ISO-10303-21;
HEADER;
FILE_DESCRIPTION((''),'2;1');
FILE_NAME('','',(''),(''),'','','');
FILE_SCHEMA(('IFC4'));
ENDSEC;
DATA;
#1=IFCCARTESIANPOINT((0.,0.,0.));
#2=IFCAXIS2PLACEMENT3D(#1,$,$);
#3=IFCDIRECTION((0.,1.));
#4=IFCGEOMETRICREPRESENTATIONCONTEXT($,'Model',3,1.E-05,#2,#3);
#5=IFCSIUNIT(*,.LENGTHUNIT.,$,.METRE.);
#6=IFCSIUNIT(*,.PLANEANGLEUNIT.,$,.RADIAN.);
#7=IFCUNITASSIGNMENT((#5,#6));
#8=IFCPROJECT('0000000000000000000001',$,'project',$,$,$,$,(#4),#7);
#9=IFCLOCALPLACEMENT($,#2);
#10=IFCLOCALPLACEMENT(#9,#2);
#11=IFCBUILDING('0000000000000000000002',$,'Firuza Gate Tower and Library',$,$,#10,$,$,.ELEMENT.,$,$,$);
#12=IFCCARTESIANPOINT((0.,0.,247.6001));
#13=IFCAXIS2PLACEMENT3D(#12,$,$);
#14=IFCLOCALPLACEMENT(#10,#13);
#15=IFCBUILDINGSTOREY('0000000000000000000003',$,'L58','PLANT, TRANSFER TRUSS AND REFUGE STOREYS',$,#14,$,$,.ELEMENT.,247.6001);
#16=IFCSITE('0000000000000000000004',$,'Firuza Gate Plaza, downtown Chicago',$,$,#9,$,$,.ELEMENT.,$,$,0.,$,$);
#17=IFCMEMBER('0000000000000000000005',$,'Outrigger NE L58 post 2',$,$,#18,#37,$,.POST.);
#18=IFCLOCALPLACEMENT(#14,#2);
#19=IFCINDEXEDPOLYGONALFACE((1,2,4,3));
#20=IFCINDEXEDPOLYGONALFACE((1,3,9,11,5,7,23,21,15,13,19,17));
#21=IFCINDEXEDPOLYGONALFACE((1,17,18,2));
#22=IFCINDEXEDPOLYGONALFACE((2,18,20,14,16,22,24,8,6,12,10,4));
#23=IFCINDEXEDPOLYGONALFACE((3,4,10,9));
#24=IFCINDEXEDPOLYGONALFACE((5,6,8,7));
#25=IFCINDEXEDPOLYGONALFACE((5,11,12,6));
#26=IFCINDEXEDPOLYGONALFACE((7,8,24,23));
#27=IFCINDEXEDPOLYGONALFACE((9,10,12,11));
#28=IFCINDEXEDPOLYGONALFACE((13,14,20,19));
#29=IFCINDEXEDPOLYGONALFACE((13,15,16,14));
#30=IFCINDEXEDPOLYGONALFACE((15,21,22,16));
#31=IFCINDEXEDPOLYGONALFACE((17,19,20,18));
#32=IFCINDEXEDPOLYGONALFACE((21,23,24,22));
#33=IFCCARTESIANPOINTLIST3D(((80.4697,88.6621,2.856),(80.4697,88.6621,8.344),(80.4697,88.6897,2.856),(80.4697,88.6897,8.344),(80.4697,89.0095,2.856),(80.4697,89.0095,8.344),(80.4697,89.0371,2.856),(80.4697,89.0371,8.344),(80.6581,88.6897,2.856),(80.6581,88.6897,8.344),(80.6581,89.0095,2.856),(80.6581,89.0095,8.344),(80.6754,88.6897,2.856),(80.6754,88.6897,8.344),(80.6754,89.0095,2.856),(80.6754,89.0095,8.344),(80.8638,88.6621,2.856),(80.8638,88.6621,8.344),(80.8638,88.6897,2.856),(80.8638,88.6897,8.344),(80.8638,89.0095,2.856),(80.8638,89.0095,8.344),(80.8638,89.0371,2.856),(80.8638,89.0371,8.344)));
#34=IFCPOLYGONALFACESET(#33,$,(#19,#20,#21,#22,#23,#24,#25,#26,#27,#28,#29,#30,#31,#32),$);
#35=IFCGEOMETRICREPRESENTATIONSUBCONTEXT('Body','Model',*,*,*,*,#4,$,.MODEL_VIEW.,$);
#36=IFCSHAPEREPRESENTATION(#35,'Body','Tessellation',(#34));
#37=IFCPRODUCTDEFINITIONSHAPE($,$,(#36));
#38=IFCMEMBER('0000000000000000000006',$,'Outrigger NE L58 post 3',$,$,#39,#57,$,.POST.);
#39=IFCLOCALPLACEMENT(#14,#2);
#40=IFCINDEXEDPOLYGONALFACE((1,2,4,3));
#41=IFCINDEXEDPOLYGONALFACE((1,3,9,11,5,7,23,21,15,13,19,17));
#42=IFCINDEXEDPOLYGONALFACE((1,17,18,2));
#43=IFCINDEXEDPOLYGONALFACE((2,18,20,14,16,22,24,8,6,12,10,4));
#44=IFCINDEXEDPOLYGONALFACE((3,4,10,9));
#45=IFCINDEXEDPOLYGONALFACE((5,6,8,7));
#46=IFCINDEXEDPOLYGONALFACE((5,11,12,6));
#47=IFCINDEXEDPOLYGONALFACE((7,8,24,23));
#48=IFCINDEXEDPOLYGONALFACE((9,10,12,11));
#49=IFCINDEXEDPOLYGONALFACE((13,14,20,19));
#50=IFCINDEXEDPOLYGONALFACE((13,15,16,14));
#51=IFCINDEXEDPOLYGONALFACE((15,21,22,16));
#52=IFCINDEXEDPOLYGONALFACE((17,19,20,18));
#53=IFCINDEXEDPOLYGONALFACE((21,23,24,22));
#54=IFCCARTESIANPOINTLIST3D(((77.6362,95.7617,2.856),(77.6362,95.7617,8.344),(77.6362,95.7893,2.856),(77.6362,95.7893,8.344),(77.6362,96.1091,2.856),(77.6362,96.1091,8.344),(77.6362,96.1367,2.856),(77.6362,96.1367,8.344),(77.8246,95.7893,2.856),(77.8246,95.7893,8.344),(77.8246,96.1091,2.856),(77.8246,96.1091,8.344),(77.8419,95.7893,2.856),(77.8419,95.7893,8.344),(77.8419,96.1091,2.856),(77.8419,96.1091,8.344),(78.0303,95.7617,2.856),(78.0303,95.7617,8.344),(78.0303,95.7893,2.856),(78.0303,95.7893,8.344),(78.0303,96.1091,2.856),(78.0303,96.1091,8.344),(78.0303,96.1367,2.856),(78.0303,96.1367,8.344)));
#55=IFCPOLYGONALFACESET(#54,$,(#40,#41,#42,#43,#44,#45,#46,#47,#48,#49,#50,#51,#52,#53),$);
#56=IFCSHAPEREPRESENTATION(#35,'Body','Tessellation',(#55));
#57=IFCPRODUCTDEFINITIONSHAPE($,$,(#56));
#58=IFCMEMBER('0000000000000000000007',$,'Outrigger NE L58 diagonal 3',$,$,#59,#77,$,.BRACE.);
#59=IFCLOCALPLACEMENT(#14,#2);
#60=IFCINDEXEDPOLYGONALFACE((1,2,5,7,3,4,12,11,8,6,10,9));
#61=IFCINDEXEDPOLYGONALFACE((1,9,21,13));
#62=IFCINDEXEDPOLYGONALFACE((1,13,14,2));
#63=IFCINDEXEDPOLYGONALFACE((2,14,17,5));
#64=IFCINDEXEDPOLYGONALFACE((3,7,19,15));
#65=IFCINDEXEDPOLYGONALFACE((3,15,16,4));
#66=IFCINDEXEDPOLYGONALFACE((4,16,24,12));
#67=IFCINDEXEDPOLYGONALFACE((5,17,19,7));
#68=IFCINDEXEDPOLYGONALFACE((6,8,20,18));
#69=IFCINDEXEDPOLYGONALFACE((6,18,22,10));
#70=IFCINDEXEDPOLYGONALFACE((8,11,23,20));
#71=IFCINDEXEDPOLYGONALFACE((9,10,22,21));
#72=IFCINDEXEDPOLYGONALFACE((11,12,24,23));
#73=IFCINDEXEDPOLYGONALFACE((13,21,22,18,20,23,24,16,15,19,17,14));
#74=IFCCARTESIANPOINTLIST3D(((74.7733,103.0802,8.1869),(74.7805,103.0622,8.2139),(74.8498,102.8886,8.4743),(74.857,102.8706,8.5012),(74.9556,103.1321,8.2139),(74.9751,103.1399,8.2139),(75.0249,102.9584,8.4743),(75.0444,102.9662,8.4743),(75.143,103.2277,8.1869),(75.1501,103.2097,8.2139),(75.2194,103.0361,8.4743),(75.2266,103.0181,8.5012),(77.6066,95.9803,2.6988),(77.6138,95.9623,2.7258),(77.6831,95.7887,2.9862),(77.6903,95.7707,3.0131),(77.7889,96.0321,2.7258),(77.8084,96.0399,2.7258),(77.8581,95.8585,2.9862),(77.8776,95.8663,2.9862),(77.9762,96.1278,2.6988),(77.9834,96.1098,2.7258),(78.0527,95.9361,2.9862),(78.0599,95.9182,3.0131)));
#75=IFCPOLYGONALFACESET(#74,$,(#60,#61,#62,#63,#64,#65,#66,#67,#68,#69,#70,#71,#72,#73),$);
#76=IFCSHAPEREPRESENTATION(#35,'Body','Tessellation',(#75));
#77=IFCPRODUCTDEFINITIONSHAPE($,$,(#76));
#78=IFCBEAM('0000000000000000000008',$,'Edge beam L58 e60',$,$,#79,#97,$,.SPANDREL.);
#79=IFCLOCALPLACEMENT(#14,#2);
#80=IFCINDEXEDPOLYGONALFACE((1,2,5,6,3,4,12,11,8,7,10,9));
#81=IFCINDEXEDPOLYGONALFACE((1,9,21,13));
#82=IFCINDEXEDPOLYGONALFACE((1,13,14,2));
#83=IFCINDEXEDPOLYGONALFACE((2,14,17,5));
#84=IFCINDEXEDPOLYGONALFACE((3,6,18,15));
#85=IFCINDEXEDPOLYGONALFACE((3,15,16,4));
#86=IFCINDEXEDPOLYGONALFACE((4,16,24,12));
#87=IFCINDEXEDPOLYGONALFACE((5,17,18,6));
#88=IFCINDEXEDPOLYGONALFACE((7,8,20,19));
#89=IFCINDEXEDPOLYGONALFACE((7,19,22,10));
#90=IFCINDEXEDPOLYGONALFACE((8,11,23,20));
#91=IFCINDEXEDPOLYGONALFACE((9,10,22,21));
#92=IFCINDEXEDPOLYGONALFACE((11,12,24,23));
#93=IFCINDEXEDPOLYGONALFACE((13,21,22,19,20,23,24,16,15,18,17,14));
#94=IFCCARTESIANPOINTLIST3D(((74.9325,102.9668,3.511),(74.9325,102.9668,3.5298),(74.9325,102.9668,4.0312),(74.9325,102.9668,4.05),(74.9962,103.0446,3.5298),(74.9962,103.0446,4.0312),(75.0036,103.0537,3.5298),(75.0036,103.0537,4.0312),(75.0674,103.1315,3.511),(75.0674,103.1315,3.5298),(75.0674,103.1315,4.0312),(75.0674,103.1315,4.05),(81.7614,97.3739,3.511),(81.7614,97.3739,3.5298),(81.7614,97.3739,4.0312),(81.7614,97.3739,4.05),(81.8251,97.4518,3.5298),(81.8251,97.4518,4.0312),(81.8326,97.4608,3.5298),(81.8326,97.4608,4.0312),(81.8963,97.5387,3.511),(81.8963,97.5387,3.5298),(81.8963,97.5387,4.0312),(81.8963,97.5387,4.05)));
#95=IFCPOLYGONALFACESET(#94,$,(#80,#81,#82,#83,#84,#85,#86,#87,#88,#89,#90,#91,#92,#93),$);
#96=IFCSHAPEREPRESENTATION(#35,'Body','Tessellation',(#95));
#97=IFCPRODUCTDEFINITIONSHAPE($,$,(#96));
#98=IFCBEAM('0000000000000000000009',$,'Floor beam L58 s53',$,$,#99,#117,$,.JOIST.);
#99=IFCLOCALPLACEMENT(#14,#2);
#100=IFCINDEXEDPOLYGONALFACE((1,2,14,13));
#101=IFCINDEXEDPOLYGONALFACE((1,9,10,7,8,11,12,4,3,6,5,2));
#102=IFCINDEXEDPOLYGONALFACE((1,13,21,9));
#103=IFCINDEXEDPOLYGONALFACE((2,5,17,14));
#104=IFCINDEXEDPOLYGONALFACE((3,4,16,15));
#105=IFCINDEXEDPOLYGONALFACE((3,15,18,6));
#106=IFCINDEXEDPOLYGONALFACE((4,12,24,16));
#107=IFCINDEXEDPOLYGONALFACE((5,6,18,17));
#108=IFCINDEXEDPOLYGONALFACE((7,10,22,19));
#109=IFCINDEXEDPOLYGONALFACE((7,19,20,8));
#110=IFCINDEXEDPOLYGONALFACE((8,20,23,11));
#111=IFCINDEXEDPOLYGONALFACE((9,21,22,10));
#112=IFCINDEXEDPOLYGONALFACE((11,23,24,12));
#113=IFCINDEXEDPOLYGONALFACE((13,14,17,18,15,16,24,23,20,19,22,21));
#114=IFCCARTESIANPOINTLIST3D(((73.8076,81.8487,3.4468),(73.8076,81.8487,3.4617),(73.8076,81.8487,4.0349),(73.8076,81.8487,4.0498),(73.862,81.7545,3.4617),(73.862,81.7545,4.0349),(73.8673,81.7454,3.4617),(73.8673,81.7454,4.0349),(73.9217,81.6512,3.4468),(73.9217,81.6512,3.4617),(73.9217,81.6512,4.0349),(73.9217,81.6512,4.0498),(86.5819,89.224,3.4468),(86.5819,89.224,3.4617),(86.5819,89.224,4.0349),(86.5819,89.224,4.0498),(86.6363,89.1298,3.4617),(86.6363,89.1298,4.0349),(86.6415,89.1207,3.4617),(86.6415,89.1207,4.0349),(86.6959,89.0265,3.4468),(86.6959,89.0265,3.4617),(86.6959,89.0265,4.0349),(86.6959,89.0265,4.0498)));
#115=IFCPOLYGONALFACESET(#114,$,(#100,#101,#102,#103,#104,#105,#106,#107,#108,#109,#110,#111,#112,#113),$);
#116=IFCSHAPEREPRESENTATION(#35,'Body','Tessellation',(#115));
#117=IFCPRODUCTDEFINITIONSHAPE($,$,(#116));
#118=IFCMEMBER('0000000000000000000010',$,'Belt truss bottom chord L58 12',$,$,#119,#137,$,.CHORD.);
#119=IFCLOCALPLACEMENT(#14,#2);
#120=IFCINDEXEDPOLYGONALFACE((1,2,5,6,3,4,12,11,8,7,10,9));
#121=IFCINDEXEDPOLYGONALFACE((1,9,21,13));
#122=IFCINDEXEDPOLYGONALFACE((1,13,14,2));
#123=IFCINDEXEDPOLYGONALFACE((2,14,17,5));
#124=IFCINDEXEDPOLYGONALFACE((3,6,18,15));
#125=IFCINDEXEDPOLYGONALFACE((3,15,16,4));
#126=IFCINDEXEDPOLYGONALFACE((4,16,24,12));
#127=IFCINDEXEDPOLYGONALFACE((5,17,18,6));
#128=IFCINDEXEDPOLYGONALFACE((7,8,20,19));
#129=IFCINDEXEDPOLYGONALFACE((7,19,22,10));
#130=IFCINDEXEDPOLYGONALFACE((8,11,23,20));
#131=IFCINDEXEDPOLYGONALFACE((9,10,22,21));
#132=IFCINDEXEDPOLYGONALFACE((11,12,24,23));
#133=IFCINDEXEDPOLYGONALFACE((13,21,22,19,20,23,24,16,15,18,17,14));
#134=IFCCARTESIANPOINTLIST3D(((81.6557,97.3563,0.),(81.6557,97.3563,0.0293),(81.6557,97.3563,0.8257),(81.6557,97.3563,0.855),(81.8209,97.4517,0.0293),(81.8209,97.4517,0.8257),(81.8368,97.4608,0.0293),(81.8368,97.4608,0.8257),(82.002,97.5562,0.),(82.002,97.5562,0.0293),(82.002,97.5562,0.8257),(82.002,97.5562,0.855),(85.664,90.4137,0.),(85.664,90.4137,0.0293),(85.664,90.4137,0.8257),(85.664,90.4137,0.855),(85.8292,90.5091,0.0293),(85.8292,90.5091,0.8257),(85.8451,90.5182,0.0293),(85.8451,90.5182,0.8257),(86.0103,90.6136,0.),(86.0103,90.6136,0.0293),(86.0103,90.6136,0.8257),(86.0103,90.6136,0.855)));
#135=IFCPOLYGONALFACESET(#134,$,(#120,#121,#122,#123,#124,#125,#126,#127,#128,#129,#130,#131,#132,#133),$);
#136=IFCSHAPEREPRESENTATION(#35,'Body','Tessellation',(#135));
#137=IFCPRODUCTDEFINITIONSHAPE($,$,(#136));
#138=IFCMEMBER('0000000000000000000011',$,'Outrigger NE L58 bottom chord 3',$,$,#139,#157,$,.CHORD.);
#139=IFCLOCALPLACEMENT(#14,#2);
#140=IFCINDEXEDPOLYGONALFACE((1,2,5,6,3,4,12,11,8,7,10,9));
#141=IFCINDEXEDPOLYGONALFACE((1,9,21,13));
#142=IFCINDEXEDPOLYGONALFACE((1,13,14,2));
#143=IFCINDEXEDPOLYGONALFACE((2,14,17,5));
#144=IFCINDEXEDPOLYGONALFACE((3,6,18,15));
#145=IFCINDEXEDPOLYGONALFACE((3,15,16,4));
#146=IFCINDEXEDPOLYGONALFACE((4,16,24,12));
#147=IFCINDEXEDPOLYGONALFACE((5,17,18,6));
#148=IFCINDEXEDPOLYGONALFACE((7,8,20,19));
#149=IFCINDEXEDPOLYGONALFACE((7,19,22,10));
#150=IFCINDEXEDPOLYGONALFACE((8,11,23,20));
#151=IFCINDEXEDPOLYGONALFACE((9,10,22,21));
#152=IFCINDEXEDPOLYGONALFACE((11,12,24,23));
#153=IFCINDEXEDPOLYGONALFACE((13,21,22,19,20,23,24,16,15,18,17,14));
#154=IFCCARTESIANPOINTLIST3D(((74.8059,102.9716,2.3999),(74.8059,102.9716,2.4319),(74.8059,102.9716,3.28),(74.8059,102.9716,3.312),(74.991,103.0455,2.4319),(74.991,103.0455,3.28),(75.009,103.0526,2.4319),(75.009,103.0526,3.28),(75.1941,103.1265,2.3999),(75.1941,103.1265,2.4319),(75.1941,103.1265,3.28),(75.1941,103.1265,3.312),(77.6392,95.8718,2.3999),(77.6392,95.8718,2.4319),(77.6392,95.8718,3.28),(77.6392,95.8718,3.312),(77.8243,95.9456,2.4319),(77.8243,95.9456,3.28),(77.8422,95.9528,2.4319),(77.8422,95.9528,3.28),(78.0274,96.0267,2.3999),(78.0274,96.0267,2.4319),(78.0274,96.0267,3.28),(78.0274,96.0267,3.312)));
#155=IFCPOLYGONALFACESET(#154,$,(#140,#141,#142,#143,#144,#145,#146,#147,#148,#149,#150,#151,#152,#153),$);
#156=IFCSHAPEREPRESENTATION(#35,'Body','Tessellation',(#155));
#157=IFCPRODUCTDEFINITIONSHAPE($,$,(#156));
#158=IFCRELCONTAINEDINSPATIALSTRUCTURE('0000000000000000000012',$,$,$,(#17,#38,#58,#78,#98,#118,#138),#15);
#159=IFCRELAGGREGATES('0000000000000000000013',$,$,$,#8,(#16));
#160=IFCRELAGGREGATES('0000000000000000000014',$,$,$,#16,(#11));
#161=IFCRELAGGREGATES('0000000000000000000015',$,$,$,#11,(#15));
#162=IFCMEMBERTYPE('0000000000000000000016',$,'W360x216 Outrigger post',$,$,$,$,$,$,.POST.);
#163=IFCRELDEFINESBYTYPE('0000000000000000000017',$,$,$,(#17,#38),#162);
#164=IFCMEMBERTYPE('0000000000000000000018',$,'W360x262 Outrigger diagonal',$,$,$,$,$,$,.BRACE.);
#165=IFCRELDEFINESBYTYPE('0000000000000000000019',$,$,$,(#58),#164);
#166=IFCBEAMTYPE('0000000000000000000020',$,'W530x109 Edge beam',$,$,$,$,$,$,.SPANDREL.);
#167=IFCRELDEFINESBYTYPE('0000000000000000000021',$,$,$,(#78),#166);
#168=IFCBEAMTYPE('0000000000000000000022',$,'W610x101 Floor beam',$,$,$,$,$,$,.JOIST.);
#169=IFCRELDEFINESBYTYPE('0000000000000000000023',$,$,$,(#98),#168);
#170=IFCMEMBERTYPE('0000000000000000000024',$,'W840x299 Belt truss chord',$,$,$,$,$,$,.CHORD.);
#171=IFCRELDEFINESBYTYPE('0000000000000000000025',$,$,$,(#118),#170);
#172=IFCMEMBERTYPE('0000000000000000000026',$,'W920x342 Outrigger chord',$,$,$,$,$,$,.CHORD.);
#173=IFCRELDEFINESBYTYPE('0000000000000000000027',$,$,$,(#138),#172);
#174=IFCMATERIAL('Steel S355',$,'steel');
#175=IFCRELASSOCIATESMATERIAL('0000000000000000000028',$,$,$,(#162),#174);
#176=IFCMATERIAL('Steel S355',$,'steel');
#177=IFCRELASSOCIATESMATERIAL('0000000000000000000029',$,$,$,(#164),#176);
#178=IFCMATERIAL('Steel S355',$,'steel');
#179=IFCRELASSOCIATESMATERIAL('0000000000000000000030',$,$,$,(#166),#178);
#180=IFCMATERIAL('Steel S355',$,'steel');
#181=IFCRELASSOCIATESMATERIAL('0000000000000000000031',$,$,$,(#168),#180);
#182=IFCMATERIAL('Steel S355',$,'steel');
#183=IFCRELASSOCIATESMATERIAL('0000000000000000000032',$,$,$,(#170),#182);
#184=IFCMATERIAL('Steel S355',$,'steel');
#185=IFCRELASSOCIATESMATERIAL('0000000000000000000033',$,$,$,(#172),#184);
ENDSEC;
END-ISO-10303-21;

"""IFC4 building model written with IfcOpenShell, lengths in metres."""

from ifc_helpers import new_model, si_unit, direction, frame, origin, origin_2d, place, context, subcontext, project, spatial, i_section, extrude, material, material_profile, profile_set, type_object, element, save


model = new_model("IFC4")

# Units and contexts
model_context = context("Model", 3, precision=1e-05, world=origin(), true_north=direction((0.0, 1.0)))
body_context = subcontext(model_context, "Body", "Model", "MODEL_VIEW")
ifc_project = project(units=[si_unit("LENGTHUNIT", "METRE"), si_unit("PLANEANGLEUNIT", "RADIAN")], contexts=[model_context])

# Site, building, storey
site_placement = place(None, origin())
site = spatial("IfcSite", under=ifc_project, at=site_placement, Name="Firuza Gate Plaza, downtown Chicago", CompositionType="ELEMENT", RefElevation=0.0)
building_placement = place(site_placement, origin())
building = spatial("IfcBuilding", under=site, at=building_placement, Name="Firuza Gate Tower and Library", CompositionType="ELEMENT")
storey_placement = place(building_placement, frame((0.0, 0.0, 247.6001)))
storey = spatial("IfcBuildingStorey", under=building, at=storey_placement, Name="L58", Description="PLANT, TRANSFER TRUSS AND REFUGE STOREYS", CompositionType="ELEMENT", Elevation=247.6001)

# Members
ifc_material_1 = material(Name="Steel S355", Category="steel")
ifc_material_profile_1 = material_profile(ifc_material_1, i_section(OverallWidth=0.394, OverallDepth=0.375, WebThickness=0.0173, FlangeThickness=0.0276, at=origin_2d()))
ifc_profile_set_1 = profile_set([ifc_material_profile_1], Name="Steel S355")
member_type_1 = type_object("IfcMemberType", Name="W360x216 Outrigger post", PredefinedType="POST", material=ifc_profile_set_1)
for number, where, z_axis, x_axis, name in (
    (1, (80.6667, 88.8496, 2.856), (0.0, 0.0, 1.0), (1.0, 0.0, 0.0), "Outrigger NE L58 post 2"),
    (2, (77.8333, 95.9492, 2.856), (0.0, 0.0, 1.0), (1.0, 0.0, 0.0), "Outrigger NE L58 post 3"),
):
    element("IfcMember", number, at=place(storey_placement, frame(where, z_axis=z_axis, x_axis=x_axis)), inside=storey, type_object=member_type_1, Name=name, PredefinedType="POST", context=body_context, shape_type="SweptSolid", body=[
        extrude(i_section(OverallWidth=0.394, OverallDepth=0.375, WebThickness=0.0173, FlangeThickness=0.0276, at=origin_2d()), origin(), (0.0, 0.0, 1.0), 5.488),
    ])
ifc_material_2 = material(Name="Steel S355", Category="steel")
ifc_material_profile_2 = material_profile(ifc_material_2, i_section(OverallWidth=0.3979, OverallDepth=0.387, WebThickness=0.021, FlangeThickness=0.0332, at=origin_2d()))
ifc_profile_set_2 = profile_set([ifc_material_profile_2], Name="Steel S355")
member_type_2 = type_object("IfcMemberType", Name="W360x262 Outrigger diagonal", PredefinedType="BRACE", material=ifc_profile_set_2)
member_1_placement = place(storey_placement, frame((77.8333, 95.9492, 2.856), z_axis=(-0.30108, 0.754477, 0.583195), x_axis=(-0.928778, -0.370636, 0.0)))
element("IfcMember", 3, at=member_1_placement, inside=storey, type_object=member_type_2, Name="Outrigger NE L58 diagonal 3", PredefinedType="BRACE", context=body_context, shape_type="SweptSolid", body=[
    extrude(i_section(OverallWidth=0.3979, OverallDepth=0.387, WebThickness=0.021, FlangeThickness=0.0332, at=origin_2d()), origin(), (0.0, 0.0, 1.0), 9.4104),
])

# Beams
ifc_material_3 = material(Name="Steel S355", Category="steel")
ifc_material_profile_3 = material_profile(ifc_material_3, i_section(OverallWidth=0.2129, OverallDepth=0.5391, WebThickness=0.0117, FlangeThickness=0.0188, at=origin_2d()))
ifc_profile_set_3 = profile_set([ifc_material_profile_3], Name="Steel S355")
beam_type_1 = type_object("IfcBeamType", Name="W530x109 Edge beam", PredefinedType="SPANDREL", material=ifc_profile_set_3)
beam_1_placement = place(storey_placement, frame((81.8289, 97.4563, 3.7805), z_axis=(-0.77365, 0.633613, 0.0), x_axis=(-0.633613, -0.77365, 0.0)))
element("IfcBeam", 4, at=beam_1_placement, inside=storey, type_object=beam_type_1, Name="Edge beam L58 e60", PredefinedType="SPANDREL", context=body_context, shape_type="SweptSolid", body=[
    extrude(i_section(OverallWidth=0.2129, OverallDepth=0.5391, WebThickness=0.0117, FlangeThickness=0.0188, at=origin_2d()), origin(), (0.0, 0.0, 1.0), 8.8269),
])
ifc_material_4 = material(Name="Steel S355", Category="steel")
ifc_material_profile_4 = material_profile(ifc_material_4, i_section(OverallWidth=0.228, OverallDepth=0.603, WebThickness=0.0105, FlangeThickness=0.0149, at=origin_2d()))
ifc_profile_set_4 = profile_set([ifc_material_profile_4], Name="Steel S355")
beam_type_2 = type_object("IfcBeamType", Name="W610x101 Floor beam", PredefinedType="JOIST", material=ifc_profile_set_4)
beam_2_placement = place(storey_placement, frame((86.6389, 89.1252, 3.7483), z_axis=(-0.866023, -0.500004, 0.0), x_axis=(0.500004, -0.866023, 0.0)))
element("IfcBeam", 5, at=beam_2_placement, inside=storey, type_object=beam_type_2, Name="Floor beam L58 s53", PredefinedType="JOIST", context=body_context, shape_type="SweptSolid", body=[
    extrude(i_section(OverallWidth=0.228, OverallDepth=0.603, WebThickness=0.0105, FlangeThickness=0.0149, at=origin_2d()), origin(), (0.0, 0.0, 1.0), 14.7505),
])

# Members
ifc_material_5 = material(Name="Steel S355", Category="steel")
ifc_material_profile_5 = material_profile(ifc_material_5, i_section(OverallWidth=0.3999, OverallDepth=0.855, WebThickness=0.0183, FlangeThickness=0.0293, at=origin_2d()))
ifc_profile_set_5 = profile_set([ifc_material_profile_5], Name="Steel S355")
member_type_3 = type_object("IfcMemberType", Name="W840x299 Belt truss chord", PredefinedType="CHORD", material=ifc_profile_set_5)
member_2_placement = place(storey_placement, frame((85.8372, 90.5137, 0.4275), z_axis=(-0.499997, 0.866027, 0.0), x_axis=(-0.866027, -0.499997, 0.0)))
element("IfcMember", 6, at=member_2_placement, inside=storey, type_object=member_type_3, Name="Belt truss bottom chord L58 12", PredefinedType="CHORD", context=body_context, shape_type="SweptSolid", body=[
    extrude(i_section(OverallWidth=0.3999, OverallDepth=0.855, WebThickness=0.0183, FlangeThickness=0.0293, at=origin_2d()), origin(), (0.0, 0.0, 1.0), 8.0166),
])
ifc_material_6 = material(Name="Steel S355", Category="steel")
ifc_material_profile_6 = material_profile(ifc_material_6, i_section(OverallWidth=0.418, OverallDepth=0.9121, WebThickness=0.0193, FlangeThickness=0.032, at=origin_2d()))
ifc_profile_set_6 = profile_set([ifc_material_profile_6], Name="Steel S355")
member_type_4 = type_object("IfcMemberType", Name="W920x342 Outrigger chord", PredefinedType="CHORD", material=ifc_profile_set_6)
member_3_placement = place(storey_placement, frame((77.8333, 95.9492, 2.856), z_axis=(-0.370636, 0.928778, 0.0), x_axis=(-0.928778, -0.370636, 0.0)))
element("IfcMember", 7, at=member_3_placement, inside=storey, type_object=member_type_4, Name="Outrigger NE L58 bottom chord 3", PredefinedType="CHORD", context=body_context, shape_type="SweptSolid", body=[
    extrude(i_section(OverallWidth=0.418, OverallDepth=0.9121, WebThickness=0.0193, FlangeThickness=0.032, at=origin_2d()), origin(), (0.0, 0.0, 1.0), 7.6443),
])

save(model, "model.ifc")
